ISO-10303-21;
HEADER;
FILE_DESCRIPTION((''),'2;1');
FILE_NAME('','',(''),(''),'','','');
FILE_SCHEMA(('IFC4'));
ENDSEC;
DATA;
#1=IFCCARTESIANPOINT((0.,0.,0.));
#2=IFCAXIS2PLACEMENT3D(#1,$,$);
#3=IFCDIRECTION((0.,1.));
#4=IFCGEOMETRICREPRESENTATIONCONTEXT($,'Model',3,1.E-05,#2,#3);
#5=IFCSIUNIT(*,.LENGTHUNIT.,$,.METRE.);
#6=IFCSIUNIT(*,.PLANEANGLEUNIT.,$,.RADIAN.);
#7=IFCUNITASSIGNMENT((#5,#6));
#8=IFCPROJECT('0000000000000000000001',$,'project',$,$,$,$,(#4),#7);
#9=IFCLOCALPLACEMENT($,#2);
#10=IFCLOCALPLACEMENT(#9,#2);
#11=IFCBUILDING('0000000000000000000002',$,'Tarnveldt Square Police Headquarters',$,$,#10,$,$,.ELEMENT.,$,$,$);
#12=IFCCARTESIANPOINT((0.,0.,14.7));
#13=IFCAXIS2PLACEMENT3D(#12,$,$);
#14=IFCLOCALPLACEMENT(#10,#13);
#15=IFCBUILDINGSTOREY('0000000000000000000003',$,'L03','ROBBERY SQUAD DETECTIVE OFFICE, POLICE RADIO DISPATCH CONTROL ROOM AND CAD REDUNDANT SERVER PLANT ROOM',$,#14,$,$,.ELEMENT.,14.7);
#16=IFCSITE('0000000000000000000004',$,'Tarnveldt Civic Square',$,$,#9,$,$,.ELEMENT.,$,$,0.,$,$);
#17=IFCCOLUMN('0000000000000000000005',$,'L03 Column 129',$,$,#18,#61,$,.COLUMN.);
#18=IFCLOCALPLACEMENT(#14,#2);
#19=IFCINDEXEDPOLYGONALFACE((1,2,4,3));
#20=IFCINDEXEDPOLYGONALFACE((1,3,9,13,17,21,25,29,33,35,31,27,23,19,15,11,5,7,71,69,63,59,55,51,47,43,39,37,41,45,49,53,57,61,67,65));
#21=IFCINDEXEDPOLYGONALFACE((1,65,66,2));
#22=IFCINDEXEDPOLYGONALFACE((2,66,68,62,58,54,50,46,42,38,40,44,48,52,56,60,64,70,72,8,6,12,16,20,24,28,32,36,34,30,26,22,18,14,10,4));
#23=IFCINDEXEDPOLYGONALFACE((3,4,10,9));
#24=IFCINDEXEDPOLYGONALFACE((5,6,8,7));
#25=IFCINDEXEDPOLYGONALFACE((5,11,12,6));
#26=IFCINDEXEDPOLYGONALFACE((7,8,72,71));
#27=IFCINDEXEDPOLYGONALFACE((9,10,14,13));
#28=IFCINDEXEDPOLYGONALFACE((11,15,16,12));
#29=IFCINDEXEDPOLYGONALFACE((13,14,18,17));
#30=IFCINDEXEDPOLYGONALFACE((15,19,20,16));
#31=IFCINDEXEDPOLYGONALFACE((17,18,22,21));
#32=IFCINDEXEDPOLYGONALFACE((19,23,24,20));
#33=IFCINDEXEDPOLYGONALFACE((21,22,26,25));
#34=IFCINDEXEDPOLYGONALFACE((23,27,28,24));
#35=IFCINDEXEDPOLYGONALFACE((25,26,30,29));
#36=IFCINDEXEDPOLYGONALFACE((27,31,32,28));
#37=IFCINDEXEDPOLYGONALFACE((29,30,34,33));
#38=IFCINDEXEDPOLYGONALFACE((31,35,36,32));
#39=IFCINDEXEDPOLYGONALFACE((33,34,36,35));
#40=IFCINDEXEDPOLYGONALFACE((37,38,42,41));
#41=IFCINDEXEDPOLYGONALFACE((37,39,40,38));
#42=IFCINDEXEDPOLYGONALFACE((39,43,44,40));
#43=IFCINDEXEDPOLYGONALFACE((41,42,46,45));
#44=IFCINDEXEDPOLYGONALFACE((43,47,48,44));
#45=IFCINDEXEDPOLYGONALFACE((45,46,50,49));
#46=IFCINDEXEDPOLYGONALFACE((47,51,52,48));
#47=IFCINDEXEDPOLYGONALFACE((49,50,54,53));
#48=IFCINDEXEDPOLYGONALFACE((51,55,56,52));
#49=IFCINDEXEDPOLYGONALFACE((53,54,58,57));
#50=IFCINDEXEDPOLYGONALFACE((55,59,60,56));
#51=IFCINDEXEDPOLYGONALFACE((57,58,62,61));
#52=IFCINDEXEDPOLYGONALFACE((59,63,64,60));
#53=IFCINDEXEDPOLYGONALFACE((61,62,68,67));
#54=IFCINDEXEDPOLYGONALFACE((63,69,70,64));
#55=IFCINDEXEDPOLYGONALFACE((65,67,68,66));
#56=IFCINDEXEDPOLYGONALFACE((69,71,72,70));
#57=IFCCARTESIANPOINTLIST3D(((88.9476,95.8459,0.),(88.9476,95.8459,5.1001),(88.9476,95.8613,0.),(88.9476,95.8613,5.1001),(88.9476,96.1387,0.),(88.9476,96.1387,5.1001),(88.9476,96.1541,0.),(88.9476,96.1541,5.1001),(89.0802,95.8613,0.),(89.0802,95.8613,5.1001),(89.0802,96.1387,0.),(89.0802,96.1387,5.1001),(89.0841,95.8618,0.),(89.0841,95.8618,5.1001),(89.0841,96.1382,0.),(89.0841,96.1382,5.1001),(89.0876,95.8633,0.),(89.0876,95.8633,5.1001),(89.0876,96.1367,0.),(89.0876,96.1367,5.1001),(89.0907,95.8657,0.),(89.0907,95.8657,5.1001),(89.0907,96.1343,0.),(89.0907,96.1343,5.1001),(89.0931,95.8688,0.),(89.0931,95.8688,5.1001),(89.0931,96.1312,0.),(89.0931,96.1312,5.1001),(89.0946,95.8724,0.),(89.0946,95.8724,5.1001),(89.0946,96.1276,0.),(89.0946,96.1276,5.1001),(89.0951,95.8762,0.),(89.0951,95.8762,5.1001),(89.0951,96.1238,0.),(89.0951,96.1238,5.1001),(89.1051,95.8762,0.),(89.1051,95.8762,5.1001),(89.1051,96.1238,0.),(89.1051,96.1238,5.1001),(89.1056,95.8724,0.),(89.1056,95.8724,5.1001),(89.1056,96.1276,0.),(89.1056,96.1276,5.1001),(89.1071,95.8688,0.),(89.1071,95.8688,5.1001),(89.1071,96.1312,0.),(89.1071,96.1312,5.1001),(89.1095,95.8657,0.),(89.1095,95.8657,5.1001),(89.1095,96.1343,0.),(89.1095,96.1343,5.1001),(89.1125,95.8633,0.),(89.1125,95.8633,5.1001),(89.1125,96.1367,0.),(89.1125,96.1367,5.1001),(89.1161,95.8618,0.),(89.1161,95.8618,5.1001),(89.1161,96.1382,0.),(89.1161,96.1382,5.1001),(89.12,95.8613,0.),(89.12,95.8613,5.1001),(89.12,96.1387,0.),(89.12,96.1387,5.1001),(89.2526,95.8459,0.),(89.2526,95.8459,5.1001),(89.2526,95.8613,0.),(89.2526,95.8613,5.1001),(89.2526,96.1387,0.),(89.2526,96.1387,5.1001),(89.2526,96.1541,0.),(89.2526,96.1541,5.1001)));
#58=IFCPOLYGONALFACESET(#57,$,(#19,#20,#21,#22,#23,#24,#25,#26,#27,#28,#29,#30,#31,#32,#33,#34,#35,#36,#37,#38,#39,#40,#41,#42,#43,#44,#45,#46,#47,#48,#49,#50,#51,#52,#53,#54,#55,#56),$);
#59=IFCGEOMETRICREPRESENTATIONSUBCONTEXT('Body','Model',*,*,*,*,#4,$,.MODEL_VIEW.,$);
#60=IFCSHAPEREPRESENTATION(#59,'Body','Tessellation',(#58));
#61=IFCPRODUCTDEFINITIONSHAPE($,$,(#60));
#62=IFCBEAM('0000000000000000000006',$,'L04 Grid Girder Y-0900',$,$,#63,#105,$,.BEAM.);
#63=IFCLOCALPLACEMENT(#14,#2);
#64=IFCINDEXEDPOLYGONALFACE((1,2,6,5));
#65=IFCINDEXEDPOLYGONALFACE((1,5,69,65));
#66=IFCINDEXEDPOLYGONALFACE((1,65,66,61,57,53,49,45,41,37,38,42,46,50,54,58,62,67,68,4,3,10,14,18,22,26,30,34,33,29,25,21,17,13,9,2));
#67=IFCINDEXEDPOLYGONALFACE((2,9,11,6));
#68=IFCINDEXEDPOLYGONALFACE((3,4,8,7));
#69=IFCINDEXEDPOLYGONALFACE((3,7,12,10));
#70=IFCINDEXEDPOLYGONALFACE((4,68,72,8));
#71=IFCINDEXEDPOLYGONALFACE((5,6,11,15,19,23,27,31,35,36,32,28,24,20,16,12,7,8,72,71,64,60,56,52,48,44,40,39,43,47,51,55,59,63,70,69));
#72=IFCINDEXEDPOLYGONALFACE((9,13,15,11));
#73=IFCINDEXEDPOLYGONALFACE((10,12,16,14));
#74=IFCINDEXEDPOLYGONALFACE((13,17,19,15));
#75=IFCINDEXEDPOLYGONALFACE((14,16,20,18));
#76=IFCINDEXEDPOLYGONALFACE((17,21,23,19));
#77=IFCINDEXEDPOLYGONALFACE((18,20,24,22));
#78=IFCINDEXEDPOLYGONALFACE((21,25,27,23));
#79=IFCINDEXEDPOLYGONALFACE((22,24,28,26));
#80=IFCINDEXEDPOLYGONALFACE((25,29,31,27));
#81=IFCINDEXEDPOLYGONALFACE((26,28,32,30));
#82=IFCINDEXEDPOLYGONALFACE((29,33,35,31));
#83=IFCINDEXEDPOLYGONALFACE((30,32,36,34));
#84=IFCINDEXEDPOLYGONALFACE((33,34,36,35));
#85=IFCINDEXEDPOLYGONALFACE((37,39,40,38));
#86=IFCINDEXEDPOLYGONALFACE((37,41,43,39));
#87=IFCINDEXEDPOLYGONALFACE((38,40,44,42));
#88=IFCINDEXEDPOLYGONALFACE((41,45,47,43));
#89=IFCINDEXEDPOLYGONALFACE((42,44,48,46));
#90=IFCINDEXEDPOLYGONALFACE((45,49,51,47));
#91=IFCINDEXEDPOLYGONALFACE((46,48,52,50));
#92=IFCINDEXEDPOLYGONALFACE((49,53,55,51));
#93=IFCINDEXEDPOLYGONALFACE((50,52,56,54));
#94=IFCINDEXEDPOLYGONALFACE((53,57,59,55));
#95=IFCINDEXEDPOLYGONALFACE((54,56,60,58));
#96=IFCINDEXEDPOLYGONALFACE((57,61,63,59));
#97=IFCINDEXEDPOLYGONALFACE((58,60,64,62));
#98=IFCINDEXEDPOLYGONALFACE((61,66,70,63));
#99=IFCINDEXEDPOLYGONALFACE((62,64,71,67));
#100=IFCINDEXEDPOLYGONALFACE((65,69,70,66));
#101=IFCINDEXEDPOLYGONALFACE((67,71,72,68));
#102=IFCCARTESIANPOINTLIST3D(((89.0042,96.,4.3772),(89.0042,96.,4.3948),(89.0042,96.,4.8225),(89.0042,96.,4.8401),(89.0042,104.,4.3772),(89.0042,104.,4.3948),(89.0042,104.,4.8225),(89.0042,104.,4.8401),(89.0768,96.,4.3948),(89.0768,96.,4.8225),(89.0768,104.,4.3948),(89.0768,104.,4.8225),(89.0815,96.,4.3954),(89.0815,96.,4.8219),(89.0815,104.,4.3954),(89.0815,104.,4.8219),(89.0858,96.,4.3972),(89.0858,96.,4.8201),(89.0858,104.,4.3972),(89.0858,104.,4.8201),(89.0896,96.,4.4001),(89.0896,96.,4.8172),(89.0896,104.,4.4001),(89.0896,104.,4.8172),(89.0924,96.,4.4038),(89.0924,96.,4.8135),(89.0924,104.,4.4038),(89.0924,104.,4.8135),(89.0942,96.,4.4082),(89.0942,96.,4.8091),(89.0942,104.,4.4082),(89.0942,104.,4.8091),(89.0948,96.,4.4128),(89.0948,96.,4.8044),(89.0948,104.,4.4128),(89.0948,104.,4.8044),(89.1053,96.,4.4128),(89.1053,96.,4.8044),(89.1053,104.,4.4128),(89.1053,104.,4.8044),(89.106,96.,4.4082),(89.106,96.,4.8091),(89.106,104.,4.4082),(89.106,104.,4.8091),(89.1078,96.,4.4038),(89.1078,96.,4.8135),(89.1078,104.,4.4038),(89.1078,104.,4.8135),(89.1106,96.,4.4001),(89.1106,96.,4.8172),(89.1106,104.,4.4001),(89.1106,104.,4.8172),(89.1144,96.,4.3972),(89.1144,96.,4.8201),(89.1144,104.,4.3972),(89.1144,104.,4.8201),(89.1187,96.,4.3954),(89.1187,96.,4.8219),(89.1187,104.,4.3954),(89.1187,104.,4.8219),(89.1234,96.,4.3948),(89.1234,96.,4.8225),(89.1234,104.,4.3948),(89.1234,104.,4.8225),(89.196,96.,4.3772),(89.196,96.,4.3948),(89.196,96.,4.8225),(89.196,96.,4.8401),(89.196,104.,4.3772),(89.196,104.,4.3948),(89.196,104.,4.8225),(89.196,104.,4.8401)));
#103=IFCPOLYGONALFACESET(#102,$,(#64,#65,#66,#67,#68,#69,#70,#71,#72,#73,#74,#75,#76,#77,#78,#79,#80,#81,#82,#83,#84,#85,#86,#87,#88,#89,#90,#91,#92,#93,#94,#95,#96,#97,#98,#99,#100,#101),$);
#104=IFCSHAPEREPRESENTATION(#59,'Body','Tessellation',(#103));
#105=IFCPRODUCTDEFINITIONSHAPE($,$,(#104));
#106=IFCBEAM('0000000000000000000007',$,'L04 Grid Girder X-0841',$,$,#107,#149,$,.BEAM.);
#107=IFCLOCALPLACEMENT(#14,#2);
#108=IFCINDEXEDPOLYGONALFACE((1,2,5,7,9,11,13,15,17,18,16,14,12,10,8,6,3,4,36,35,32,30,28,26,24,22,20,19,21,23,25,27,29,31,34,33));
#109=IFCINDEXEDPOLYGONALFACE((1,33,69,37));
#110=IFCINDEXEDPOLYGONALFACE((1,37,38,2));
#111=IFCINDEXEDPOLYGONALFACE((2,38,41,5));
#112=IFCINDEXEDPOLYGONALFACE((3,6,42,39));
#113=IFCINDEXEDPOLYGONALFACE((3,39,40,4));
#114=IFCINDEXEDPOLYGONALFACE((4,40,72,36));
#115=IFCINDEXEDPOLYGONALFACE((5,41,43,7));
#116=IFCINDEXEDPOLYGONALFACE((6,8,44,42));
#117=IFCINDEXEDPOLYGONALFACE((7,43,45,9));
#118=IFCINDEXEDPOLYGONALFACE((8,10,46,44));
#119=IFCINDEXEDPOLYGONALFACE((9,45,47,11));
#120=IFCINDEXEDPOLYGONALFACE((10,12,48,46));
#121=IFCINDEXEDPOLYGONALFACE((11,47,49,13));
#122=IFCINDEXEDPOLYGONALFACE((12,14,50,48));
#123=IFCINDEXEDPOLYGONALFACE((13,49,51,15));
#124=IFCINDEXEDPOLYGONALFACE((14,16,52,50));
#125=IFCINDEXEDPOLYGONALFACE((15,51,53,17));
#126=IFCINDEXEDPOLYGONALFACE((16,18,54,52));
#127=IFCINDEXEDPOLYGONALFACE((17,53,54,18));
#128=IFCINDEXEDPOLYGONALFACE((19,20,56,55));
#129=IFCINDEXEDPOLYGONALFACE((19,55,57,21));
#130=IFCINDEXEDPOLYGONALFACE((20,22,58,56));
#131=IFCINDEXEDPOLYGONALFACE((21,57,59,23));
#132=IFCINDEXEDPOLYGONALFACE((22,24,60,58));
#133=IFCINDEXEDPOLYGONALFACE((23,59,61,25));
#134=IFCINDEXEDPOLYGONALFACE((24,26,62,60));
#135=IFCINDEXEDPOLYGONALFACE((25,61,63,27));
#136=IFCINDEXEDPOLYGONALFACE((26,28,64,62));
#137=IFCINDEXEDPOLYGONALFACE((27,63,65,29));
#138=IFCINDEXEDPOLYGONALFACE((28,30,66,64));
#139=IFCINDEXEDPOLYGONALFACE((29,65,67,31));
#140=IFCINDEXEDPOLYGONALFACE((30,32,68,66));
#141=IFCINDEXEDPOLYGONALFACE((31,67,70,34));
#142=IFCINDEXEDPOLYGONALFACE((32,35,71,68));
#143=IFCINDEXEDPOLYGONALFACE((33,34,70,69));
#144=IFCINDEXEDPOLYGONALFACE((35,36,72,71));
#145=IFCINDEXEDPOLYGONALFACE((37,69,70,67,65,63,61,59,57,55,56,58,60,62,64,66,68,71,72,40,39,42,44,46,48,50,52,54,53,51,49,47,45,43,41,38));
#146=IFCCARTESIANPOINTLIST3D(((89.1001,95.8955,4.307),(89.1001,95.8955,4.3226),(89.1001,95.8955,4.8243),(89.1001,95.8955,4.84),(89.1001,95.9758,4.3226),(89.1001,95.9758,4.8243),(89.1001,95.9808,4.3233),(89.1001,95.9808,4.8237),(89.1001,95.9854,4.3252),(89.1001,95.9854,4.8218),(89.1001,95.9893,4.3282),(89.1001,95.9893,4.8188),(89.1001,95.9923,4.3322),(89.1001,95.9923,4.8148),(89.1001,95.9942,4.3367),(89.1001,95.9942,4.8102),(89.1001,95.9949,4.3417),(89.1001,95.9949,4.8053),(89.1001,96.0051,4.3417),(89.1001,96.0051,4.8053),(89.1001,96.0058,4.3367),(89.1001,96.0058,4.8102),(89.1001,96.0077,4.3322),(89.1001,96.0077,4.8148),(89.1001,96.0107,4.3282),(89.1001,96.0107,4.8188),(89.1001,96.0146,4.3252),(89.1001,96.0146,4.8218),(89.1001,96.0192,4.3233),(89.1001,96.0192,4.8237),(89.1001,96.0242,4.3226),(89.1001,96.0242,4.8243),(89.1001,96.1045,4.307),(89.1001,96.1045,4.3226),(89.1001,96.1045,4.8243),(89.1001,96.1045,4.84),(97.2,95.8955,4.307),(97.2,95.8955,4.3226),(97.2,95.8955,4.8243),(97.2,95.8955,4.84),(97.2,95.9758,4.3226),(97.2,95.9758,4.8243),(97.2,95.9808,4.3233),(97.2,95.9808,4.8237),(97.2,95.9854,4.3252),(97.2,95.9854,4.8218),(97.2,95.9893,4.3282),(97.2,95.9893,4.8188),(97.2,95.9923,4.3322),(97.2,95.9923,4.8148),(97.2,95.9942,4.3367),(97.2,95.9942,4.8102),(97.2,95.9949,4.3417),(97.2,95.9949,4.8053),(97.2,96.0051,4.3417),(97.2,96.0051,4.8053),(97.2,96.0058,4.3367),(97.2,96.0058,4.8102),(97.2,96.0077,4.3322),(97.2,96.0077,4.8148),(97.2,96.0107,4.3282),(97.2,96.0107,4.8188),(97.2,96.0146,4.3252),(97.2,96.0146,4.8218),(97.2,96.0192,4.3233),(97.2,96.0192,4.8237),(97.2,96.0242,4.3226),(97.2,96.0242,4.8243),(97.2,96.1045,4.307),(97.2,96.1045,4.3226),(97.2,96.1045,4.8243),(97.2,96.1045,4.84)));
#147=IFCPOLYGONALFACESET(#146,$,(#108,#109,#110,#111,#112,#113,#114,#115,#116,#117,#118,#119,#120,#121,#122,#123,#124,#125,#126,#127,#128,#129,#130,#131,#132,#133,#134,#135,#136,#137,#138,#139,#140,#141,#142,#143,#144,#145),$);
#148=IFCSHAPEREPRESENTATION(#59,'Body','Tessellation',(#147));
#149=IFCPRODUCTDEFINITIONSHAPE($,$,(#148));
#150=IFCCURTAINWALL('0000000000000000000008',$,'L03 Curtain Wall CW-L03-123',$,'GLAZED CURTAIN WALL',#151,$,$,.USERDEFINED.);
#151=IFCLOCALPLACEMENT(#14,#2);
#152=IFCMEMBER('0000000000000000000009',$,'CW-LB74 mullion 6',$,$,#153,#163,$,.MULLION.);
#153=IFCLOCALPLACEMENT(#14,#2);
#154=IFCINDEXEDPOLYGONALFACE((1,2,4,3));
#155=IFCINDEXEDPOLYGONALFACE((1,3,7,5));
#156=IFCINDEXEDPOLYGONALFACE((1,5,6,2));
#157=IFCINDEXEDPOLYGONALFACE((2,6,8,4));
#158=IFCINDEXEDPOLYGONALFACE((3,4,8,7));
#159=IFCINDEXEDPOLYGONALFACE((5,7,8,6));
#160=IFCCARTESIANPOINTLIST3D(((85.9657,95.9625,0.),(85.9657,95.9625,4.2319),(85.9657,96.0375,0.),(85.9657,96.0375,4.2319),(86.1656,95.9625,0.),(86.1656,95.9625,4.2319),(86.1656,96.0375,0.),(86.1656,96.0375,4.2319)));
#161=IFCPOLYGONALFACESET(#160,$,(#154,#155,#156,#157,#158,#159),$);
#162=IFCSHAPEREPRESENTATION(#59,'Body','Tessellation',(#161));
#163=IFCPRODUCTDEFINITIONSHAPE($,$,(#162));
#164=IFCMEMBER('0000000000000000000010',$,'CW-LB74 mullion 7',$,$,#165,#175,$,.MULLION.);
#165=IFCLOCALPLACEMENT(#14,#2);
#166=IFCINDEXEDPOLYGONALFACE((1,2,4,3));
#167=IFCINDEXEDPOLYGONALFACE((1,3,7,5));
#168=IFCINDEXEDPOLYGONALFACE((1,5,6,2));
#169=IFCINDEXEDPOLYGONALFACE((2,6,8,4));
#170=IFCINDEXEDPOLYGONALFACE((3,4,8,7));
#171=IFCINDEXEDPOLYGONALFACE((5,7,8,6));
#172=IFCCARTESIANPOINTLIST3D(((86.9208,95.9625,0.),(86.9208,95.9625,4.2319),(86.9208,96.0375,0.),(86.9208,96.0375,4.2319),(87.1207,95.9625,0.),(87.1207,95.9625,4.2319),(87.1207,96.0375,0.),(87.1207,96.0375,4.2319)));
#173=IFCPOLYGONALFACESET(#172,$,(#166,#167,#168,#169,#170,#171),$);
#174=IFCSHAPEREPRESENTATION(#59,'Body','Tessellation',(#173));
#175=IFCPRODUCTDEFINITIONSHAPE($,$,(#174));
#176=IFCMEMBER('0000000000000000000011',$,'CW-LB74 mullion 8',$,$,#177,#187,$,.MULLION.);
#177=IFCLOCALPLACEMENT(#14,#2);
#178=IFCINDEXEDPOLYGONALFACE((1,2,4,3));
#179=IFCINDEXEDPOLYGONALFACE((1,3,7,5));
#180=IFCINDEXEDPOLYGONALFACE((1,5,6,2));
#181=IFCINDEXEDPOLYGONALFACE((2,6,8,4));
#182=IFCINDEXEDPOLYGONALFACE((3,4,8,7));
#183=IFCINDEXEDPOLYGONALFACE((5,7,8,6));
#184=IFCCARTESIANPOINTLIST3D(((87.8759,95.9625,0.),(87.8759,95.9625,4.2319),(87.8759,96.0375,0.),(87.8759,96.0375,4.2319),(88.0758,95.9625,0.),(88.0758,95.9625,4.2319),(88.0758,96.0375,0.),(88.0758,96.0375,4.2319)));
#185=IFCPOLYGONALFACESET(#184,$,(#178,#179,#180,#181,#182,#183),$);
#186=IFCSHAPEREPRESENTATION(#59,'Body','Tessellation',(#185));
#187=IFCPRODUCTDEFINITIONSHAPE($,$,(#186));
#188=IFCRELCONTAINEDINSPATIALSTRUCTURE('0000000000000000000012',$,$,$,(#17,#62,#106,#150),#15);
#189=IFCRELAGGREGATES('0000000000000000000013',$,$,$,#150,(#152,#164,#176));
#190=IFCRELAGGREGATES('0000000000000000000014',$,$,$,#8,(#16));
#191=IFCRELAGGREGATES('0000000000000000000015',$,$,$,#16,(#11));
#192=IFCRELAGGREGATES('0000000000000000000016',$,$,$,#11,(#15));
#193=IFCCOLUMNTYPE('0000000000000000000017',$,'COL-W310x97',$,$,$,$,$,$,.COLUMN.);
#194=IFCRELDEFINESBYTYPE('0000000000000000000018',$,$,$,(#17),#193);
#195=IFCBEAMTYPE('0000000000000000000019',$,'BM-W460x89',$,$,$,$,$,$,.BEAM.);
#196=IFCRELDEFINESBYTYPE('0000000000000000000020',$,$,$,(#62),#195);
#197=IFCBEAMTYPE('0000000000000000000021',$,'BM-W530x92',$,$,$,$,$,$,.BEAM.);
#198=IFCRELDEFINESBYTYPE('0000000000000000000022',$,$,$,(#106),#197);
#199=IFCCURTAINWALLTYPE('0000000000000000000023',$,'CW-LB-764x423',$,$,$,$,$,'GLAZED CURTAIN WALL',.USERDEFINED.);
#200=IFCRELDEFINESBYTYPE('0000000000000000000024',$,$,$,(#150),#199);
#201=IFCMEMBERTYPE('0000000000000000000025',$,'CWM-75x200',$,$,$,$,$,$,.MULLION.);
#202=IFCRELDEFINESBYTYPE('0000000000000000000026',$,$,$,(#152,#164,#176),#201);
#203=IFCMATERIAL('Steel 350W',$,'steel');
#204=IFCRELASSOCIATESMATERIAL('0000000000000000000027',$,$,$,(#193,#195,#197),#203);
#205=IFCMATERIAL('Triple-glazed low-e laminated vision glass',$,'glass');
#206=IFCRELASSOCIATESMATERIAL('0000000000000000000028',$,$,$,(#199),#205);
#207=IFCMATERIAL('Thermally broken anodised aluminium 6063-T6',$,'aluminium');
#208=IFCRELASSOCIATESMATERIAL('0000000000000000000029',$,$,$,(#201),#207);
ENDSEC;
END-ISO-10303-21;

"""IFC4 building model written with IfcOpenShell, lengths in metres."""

from ifc_helpers import new_model, si_unit, direction, frame, origin, origin_2d, place, context, subcontext, project, spatial, rectangle, i_section, extrude, material, material_profile, profile_set, type_object, element, aggregate, save


model = new_model("IFC4")

# Units and contexts
model_context = context("Model", 3, precision=1e-05, world=origin(), true_north=direction((0.0, 1.0)))
body_context = subcontext(model_context, "Body", "Model", "MODEL_VIEW")
ifc_project = project(units=[si_unit("LENGTHUNIT", "METRE"), si_unit("PLANEANGLEUNIT", "RADIAN")], contexts=[model_context])

# Site, building, storey
site_placement = place(None, origin())
site = spatial("IfcSite", under=ifc_project, at=site_placement, Name="Tarnveldt Civic Square", CompositionType="ELEMENT", RefElevation=0.0)
building_placement = place(site_placement, origin())
building = spatial("IfcBuilding", under=site, at=building_placement, Name="Tarnveldt Square Police Headquarters", CompositionType="ELEMENT")
storey_placement = place(building_placement, frame((0.0, 0.0, 14.7)))
storey = spatial("IfcBuildingStorey", under=building, at=storey_placement, Name="L03", Description="ROBBERY SQUAD DETECTIVE OFFICE, POLICE RADIO DISPATCH CONTROL ROOM AND CAD REDUNDANT SERVER PLANT ROOM", CompositionType="ELEMENT", Elevation=14.7)

# Column
ifc_material_1 = material(Name="Steel 350W", Category="steel")
ifc_material_profile_1 = material_profile(ifc_material_1, i_section(OverallWidth=0.3049, OverallDepth=0.3081, WebThickness=0.01, FlangeThickness=0.0154, FilletRadius=0.0149, at=origin_2d()), Name="W310x97")
ifc_profile_set_1 = profile_set([ifc_material_profile_1], Name="Steel 350W")
column_type = type_object("IfcColumnType", Name="COL-W310x97", PredefinedType="COLUMN", material=ifc_profile_set_1)
column_placement = place(storey_placement, frame((89.1001, 96.0, 0.0), z_axis=(0.0, 0.0, 1.0), x_axis=(1.0, 0.0, 0.0)))
element("IfcColumn", 1, at=column_placement, inside=storey, type_object=column_type, Name="L03 Column 129", PredefinedType="COLUMN", context=body_context, shape_type="SweptSolid", body=[
    extrude(i_section(OverallWidth=0.3049, OverallDepth=0.3081, WebThickness=0.01, FlangeThickness=0.0154, FilletRadius=0.0149, at=origin_2d()), origin(), (0.0, 0.0, 1.0), 5.1001),
])

# Beams
ifc_material_profile_2 = material_profile(ifc_material_1, i_section(OverallWidth=0.1919, OverallDepth=0.4629, WebThickness=0.0105, FlangeThickness=0.0176, FilletRadius=0.0181, at=origin_2d()), Name="W460x89")
ifc_profile_set_2 = profile_set([ifc_material_profile_2], Name="Steel 350W")
beam_type_1 = type_object("IfcBeamType", Name="BM-W460x89", PredefinedType="BEAM", material=ifc_profile_set_2)
beam_1_placement = place(storey_placement, frame((89.1001, 96.0, 4.6086), z_axis=(0.0, 1.0, 0.0), x_axis=(-1.0, 0.0, 0.0)))
element("IfcBeam", 2, at=beam_1_placement, inside=storey, type_object=beam_type_1, Name="L04 Grid Girder Y-0900", PredefinedType="BEAM", context=body_context, shape_type="SweptSolid", body=[
    extrude(i_section(OverallWidth=0.1919, OverallDepth=0.4629, WebThickness=0.0105, FlangeThickness=0.0176, FilletRadius=0.0181, at=origin_2d()), origin(), (0.0, 0.0, 1.0), 8.0),
])
ifc_material_profile_3 = material_profile(ifc_material_1, i_section(OverallWidth=0.209, OverallDepth=0.533, WebThickness=0.0103, FlangeThickness=0.0156, FilletRadius=0.019, at=origin_2d()), Name="W530x92")
ifc_profile_set_3 = profile_set([ifc_material_profile_3], Name="Steel 350W")
beam_type_2 = type_object("IfcBeamType", Name="BM-W530x92", PredefinedType="BEAM", material=ifc_profile_set_3)
beam_2_placement = place(storey_placement, frame((89.1001, 96.0, 4.5735), z_axis=(1.0, 0.0, 0.0), x_axis=(0.0, 1.0, 0.0)))
element("IfcBeam", 3, at=beam_2_placement, inside=storey, type_object=beam_type_2, Name="L04 Grid Girder X-0841", PredefinedType="BEAM", context=body_context, shape_type="SweptSolid", body=[
    extrude(i_section(OverallWidth=0.209, OverallDepth=0.533, WebThickness=0.0103, FlangeThickness=0.0156, FilletRadius=0.019, at=origin_2d()), origin(), (0.0, 0.0, 1.0), 8.0999),
])

# Curtain wall, members
ifc_material_2 = material(Name="Triple-glazed low-e laminated vision glass", Category="glass")
curtain_wall_type_1 = type_object("IfcCurtainWallType", Name="CW-LB-764x423", ElementType="GLAZED CURTAIN WALL", PredefinedType="USERDEFINED", material=ifc_material_2)
curtain_wall_1_placement = place(storey_placement, origin())
curtain_wall_1 = element("IfcCurtainWall", 4, at=curtain_wall_1_placement, inside=storey, type_object=curtain_wall_type_1, Name="L03 Curtain Wall CW-L03-123", ObjectType="GLAZED CURTAIN WALL", PredefinedType="USERDEFINED")
ifc_material_3 = material(Name="Thermally broken anodised aluminium 6063-T6", Category="aluminium")
ifc_material_profile_4 = material_profile(ifc_material_3, rectangle(XDim=0.075, YDim=0.2, at=origin_2d()), Name="CW-M75x200")
ifc_profile_set_4 = profile_set([ifc_material_profile_4], Name="Thermally broken anodised aluminium 6063-T6")
member_type_1 = type_object("IfcMemberType", Name="CWM-75x200", PredefinedType="MULLION", material=ifc_profile_set_4)
member_1_placement = place(storey_placement, frame((86.0657, 96.0, 0.0), z_axis=(0.0, 0.0, 1.0), x_axis=(0.0, 1.0, 0.0)))
member_1 = element("IfcMember", 5, at=member_1_placement, type_object=member_type_1, Name="CW-LB74 mullion 6", PredefinedType="MULLION", context=body_context, shape_type="SweptSolid", body=[
    extrude(rectangle(XDim=0.075, YDim=0.2, at=origin_2d()), origin(), (0.0, 0.0, 1.0), 4.2319),
])
member_2_placement = place(storey_placement, frame((87.0208, 96.0, 0.0), z_axis=(0.0, 0.0, 1.0), x_axis=(0.0, 1.0, 0.0)))
member_2 = element("IfcMember", 6, at=member_2_placement, type_object=member_type_1, Name="CW-LB74 mullion 7", PredefinedType="MULLION", context=body_context, shape_type="SweptSolid", body=[
    extrude(rectangle(XDim=0.075, YDim=0.2, at=origin_2d()), origin(), (0.0, 0.0, 1.0), 4.2319),
])
member_3_placement = place(storey_placement, frame((87.9758, 96.0, 0.0), z_axis=(0.0, 0.0, 1.0), x_axis=(0.0, 1.0, 0.0)))
member_3 = element("IfcMember", 7, at=member_3_placement, type_object=member_type_1, Name="CW-LB74 mullion 8", PredefinedType="MULLION", context=body_context, shape_type="SweptSolid", body=[
    extrude(rectangle(XDim=0.075, YDim=0.2, at=origin_2d()), origin(), (0.0, 0.0, 1.0), 4.2319),
])

aggregate(curtain_wall_1, [member_1, member_2, member_3])

save(model, "model.ifc")
